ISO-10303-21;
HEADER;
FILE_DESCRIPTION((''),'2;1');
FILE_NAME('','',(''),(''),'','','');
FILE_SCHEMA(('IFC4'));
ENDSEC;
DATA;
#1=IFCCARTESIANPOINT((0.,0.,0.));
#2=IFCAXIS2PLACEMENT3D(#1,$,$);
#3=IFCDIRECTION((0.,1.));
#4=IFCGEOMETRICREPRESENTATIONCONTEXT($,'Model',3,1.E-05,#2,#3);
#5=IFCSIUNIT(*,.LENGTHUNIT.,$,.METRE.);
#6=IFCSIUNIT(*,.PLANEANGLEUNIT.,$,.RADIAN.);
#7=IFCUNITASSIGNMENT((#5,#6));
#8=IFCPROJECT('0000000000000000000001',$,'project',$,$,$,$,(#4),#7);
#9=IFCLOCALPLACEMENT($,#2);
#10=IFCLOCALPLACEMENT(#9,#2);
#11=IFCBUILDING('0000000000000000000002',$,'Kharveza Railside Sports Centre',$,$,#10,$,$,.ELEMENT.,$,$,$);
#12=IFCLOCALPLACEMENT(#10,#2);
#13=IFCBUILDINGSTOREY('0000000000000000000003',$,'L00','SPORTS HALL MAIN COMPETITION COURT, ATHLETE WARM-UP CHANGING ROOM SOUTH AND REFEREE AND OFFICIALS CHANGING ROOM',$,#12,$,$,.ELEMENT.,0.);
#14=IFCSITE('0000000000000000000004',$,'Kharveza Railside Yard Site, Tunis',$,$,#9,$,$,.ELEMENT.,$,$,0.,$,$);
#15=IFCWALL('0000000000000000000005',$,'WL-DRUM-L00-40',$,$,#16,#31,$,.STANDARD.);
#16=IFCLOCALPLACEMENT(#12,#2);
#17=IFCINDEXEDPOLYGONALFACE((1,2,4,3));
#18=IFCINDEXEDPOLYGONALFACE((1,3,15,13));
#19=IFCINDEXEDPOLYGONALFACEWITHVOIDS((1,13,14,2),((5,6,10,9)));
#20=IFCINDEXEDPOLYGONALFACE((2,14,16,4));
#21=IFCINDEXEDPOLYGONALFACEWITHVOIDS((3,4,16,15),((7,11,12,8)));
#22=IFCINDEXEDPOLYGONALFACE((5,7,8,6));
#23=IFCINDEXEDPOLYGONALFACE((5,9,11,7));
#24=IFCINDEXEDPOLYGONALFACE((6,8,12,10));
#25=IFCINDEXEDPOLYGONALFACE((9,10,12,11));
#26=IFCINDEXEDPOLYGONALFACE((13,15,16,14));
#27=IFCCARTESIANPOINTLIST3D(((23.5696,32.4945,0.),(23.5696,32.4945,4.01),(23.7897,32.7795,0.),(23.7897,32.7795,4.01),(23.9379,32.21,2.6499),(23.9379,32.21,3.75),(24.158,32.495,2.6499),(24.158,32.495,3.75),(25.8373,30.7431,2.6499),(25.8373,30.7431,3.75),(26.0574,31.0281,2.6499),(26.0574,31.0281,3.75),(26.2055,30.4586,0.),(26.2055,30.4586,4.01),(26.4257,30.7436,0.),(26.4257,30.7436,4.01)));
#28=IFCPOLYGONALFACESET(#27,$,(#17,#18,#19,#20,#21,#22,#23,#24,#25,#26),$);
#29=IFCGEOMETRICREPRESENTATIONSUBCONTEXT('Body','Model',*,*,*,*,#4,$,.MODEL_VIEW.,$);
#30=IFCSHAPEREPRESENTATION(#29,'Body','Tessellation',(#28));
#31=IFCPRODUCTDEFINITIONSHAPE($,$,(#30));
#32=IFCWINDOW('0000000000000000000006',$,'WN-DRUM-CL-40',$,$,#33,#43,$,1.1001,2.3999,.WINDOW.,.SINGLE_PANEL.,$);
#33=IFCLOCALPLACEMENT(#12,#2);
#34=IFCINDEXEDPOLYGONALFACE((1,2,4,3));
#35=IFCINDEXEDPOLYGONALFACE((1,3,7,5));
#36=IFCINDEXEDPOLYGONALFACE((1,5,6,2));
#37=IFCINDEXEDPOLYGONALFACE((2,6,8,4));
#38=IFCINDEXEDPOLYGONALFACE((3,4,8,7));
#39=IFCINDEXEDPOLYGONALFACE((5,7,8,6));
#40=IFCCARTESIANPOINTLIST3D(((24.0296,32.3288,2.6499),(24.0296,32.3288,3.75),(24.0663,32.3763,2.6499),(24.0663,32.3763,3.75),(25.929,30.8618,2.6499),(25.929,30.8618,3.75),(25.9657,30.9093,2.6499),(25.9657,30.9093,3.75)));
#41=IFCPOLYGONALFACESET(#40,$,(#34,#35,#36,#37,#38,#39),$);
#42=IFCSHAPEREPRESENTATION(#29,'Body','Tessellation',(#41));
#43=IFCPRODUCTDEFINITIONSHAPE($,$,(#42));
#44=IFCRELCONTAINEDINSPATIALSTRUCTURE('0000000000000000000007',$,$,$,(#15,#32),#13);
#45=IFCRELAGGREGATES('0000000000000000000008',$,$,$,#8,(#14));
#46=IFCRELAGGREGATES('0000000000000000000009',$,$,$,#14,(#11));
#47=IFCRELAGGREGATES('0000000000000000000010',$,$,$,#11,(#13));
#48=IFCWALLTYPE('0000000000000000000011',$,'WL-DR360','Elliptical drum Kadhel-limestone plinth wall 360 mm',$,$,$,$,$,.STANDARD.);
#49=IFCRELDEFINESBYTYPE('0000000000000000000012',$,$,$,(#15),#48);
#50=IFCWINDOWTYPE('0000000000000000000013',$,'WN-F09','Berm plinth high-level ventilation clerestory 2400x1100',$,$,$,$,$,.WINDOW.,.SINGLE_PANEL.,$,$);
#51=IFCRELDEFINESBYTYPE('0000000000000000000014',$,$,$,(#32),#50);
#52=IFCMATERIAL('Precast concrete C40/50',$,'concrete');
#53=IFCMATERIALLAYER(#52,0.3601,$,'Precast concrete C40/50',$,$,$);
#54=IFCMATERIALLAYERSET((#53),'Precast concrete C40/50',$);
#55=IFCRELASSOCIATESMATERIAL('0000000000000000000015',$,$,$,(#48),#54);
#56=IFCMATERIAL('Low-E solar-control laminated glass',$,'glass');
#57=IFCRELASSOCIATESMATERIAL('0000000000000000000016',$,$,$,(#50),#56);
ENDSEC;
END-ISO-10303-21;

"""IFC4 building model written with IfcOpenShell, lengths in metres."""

from ifc_helpers import new_model, si_unit, direction, frame, frame_2d, origin, place, context, subcontext, project, spatial, rectangle, extrude, material, layer, layer_set, type_object, element, fill, save


model = new_model("IFC4")

# Units and contexts
model_context = context("Model", 3, precision=1e-05, world=origin(), true_north=direction((0.0, 1.0)))
body_context = subcontext(model_context, "Body", "Model", "MODEL_VIEW")
ifc_project = project(units=[si_unit("LENGTHUNIT", "METRE"), si_unit("PLANEANGLEUNIT", "RADIAN")], contexts=[model_context])

# Site, building, storey
site_placement = place(None, origin())
site = spatial("IfcSite", under=ifc_project, at=site_placement, Name="Kharveza Railside Yard Site, Tunis", CompositionType="ELEMENT", RefElevation=0.0)
building_placement = place(site_placement, origin())
building = spatial("IfcBuilding", under=site, at=building_placement, Name="Kharveza Railside Sports Centre", CompositionType="ELEMENT")
storey_placement = place(building_placement, origin())
storey = spatial("IfcBuildingStorey", under=building, at=storey_placement, Name="L00", Description="SPORTS HALL MAIN COMPETITION COURT, ATHLETE WARM-UP CHANGING ROOM SOUTH AND REFEREE AND OFFICIALS CHANGING ROOM", CompositionType="ELEMENT", Elevation=0.0)

# Shared definitions
ifc_material_1 = material(Name="Precast concrete C40/50", Category="concrete")
ifc_layer = layer(ifc_material_1, 0.3601, Name="Precast concrete C40/50")
ifc_layer_set = layer_set([ifc_layer], Name="Precast concrete C40/50")
wall_type = type_object("IfcWallType", Name="WL-DR360", Description="Elliptical drum Kadhel-limestone plinth wall 360 mm", PredefinedType="STANDARD", material=ifc_layer_set)
ifc_material_2 = material(Name="Low-E solar-control laminated glass", Category="glass")
window_type = type_object("IfcWindowType", Name="WN-F09", Description="Berm plinth high-level ventilation clerestory 2400x1100", PartitioningType="SINGLE_PANEL", PredefinedType="WINDOW", material=ifc_material_2)

# Wall, opening, window
wall_1_placement = place(storey_placement, frame((23.6797, 32.637, 0.0), z_axis=(0.0, 0.0, 1.0), x_axis=(0.791432, -0.611258, 0.0)))
wall_1 = element("IfcWall", 1, at=wall_1_placement, inside=storey, type_object=wall_type, Name="WL-DRUM-L00-40", PredefinedType="STANDARD", context=body_context, shape_type="SweptSolid", body=[
    extrude(rectangle(XDim=3.3306, YDim=0.3601, at=frame_2d((1.6653, 0.0))), origin(), (0.0, 0.0, 1.0), 4.01),
])
opening_1_placement = place(wall_1_placement, frame((0.4653, 0.0, 2.6499)))
opening_1 = element("IfcOpeningElement", 2, at=opening_1_placement, cuts=wall_1, PredefinedType="OPENING", context=body_context, shape_type="SweptSolid", body=[
    extrude(rectangle(XDim=2.3999, YDim=1.1001, at=frame_2d((1.2, 0.55))), frame((0.0, 0.2051, 0.0), z_axis=(0.0, -1.0, 0.0), x_axis=(1.0, 0.0, 0.0)), (0.0, 0.0, 1.0), 0.4099),
])
window_1_placement = place(opening_1_placement, origin())
window_1 = element("IfcWindow", 3, at=window_1_placement, inside=storey, type_object=window_type, Name="WN-DRUM-CL-40", OverallHeight=1.1001, OverallWidth=2.3999, PartitioningType="SINGLE_PANEL", PredefinedType="WINDOW", context=body_context, shape_type="SweptSolid", body=[
    extrude(rectangle(XDim=2.3999, YDim=1.1001, at=frame_2d((1.2, 0.55))), frame((0.0, 0.03, 0.0), z_axis=(0.0, -1.0, 0.0), x_axis=(1.0, 0.0, 0.0)), (0.0, 0.0, 1.0), 0.0601),
])
fill(opening_1, window_1)

save(model, "model.ifc")
